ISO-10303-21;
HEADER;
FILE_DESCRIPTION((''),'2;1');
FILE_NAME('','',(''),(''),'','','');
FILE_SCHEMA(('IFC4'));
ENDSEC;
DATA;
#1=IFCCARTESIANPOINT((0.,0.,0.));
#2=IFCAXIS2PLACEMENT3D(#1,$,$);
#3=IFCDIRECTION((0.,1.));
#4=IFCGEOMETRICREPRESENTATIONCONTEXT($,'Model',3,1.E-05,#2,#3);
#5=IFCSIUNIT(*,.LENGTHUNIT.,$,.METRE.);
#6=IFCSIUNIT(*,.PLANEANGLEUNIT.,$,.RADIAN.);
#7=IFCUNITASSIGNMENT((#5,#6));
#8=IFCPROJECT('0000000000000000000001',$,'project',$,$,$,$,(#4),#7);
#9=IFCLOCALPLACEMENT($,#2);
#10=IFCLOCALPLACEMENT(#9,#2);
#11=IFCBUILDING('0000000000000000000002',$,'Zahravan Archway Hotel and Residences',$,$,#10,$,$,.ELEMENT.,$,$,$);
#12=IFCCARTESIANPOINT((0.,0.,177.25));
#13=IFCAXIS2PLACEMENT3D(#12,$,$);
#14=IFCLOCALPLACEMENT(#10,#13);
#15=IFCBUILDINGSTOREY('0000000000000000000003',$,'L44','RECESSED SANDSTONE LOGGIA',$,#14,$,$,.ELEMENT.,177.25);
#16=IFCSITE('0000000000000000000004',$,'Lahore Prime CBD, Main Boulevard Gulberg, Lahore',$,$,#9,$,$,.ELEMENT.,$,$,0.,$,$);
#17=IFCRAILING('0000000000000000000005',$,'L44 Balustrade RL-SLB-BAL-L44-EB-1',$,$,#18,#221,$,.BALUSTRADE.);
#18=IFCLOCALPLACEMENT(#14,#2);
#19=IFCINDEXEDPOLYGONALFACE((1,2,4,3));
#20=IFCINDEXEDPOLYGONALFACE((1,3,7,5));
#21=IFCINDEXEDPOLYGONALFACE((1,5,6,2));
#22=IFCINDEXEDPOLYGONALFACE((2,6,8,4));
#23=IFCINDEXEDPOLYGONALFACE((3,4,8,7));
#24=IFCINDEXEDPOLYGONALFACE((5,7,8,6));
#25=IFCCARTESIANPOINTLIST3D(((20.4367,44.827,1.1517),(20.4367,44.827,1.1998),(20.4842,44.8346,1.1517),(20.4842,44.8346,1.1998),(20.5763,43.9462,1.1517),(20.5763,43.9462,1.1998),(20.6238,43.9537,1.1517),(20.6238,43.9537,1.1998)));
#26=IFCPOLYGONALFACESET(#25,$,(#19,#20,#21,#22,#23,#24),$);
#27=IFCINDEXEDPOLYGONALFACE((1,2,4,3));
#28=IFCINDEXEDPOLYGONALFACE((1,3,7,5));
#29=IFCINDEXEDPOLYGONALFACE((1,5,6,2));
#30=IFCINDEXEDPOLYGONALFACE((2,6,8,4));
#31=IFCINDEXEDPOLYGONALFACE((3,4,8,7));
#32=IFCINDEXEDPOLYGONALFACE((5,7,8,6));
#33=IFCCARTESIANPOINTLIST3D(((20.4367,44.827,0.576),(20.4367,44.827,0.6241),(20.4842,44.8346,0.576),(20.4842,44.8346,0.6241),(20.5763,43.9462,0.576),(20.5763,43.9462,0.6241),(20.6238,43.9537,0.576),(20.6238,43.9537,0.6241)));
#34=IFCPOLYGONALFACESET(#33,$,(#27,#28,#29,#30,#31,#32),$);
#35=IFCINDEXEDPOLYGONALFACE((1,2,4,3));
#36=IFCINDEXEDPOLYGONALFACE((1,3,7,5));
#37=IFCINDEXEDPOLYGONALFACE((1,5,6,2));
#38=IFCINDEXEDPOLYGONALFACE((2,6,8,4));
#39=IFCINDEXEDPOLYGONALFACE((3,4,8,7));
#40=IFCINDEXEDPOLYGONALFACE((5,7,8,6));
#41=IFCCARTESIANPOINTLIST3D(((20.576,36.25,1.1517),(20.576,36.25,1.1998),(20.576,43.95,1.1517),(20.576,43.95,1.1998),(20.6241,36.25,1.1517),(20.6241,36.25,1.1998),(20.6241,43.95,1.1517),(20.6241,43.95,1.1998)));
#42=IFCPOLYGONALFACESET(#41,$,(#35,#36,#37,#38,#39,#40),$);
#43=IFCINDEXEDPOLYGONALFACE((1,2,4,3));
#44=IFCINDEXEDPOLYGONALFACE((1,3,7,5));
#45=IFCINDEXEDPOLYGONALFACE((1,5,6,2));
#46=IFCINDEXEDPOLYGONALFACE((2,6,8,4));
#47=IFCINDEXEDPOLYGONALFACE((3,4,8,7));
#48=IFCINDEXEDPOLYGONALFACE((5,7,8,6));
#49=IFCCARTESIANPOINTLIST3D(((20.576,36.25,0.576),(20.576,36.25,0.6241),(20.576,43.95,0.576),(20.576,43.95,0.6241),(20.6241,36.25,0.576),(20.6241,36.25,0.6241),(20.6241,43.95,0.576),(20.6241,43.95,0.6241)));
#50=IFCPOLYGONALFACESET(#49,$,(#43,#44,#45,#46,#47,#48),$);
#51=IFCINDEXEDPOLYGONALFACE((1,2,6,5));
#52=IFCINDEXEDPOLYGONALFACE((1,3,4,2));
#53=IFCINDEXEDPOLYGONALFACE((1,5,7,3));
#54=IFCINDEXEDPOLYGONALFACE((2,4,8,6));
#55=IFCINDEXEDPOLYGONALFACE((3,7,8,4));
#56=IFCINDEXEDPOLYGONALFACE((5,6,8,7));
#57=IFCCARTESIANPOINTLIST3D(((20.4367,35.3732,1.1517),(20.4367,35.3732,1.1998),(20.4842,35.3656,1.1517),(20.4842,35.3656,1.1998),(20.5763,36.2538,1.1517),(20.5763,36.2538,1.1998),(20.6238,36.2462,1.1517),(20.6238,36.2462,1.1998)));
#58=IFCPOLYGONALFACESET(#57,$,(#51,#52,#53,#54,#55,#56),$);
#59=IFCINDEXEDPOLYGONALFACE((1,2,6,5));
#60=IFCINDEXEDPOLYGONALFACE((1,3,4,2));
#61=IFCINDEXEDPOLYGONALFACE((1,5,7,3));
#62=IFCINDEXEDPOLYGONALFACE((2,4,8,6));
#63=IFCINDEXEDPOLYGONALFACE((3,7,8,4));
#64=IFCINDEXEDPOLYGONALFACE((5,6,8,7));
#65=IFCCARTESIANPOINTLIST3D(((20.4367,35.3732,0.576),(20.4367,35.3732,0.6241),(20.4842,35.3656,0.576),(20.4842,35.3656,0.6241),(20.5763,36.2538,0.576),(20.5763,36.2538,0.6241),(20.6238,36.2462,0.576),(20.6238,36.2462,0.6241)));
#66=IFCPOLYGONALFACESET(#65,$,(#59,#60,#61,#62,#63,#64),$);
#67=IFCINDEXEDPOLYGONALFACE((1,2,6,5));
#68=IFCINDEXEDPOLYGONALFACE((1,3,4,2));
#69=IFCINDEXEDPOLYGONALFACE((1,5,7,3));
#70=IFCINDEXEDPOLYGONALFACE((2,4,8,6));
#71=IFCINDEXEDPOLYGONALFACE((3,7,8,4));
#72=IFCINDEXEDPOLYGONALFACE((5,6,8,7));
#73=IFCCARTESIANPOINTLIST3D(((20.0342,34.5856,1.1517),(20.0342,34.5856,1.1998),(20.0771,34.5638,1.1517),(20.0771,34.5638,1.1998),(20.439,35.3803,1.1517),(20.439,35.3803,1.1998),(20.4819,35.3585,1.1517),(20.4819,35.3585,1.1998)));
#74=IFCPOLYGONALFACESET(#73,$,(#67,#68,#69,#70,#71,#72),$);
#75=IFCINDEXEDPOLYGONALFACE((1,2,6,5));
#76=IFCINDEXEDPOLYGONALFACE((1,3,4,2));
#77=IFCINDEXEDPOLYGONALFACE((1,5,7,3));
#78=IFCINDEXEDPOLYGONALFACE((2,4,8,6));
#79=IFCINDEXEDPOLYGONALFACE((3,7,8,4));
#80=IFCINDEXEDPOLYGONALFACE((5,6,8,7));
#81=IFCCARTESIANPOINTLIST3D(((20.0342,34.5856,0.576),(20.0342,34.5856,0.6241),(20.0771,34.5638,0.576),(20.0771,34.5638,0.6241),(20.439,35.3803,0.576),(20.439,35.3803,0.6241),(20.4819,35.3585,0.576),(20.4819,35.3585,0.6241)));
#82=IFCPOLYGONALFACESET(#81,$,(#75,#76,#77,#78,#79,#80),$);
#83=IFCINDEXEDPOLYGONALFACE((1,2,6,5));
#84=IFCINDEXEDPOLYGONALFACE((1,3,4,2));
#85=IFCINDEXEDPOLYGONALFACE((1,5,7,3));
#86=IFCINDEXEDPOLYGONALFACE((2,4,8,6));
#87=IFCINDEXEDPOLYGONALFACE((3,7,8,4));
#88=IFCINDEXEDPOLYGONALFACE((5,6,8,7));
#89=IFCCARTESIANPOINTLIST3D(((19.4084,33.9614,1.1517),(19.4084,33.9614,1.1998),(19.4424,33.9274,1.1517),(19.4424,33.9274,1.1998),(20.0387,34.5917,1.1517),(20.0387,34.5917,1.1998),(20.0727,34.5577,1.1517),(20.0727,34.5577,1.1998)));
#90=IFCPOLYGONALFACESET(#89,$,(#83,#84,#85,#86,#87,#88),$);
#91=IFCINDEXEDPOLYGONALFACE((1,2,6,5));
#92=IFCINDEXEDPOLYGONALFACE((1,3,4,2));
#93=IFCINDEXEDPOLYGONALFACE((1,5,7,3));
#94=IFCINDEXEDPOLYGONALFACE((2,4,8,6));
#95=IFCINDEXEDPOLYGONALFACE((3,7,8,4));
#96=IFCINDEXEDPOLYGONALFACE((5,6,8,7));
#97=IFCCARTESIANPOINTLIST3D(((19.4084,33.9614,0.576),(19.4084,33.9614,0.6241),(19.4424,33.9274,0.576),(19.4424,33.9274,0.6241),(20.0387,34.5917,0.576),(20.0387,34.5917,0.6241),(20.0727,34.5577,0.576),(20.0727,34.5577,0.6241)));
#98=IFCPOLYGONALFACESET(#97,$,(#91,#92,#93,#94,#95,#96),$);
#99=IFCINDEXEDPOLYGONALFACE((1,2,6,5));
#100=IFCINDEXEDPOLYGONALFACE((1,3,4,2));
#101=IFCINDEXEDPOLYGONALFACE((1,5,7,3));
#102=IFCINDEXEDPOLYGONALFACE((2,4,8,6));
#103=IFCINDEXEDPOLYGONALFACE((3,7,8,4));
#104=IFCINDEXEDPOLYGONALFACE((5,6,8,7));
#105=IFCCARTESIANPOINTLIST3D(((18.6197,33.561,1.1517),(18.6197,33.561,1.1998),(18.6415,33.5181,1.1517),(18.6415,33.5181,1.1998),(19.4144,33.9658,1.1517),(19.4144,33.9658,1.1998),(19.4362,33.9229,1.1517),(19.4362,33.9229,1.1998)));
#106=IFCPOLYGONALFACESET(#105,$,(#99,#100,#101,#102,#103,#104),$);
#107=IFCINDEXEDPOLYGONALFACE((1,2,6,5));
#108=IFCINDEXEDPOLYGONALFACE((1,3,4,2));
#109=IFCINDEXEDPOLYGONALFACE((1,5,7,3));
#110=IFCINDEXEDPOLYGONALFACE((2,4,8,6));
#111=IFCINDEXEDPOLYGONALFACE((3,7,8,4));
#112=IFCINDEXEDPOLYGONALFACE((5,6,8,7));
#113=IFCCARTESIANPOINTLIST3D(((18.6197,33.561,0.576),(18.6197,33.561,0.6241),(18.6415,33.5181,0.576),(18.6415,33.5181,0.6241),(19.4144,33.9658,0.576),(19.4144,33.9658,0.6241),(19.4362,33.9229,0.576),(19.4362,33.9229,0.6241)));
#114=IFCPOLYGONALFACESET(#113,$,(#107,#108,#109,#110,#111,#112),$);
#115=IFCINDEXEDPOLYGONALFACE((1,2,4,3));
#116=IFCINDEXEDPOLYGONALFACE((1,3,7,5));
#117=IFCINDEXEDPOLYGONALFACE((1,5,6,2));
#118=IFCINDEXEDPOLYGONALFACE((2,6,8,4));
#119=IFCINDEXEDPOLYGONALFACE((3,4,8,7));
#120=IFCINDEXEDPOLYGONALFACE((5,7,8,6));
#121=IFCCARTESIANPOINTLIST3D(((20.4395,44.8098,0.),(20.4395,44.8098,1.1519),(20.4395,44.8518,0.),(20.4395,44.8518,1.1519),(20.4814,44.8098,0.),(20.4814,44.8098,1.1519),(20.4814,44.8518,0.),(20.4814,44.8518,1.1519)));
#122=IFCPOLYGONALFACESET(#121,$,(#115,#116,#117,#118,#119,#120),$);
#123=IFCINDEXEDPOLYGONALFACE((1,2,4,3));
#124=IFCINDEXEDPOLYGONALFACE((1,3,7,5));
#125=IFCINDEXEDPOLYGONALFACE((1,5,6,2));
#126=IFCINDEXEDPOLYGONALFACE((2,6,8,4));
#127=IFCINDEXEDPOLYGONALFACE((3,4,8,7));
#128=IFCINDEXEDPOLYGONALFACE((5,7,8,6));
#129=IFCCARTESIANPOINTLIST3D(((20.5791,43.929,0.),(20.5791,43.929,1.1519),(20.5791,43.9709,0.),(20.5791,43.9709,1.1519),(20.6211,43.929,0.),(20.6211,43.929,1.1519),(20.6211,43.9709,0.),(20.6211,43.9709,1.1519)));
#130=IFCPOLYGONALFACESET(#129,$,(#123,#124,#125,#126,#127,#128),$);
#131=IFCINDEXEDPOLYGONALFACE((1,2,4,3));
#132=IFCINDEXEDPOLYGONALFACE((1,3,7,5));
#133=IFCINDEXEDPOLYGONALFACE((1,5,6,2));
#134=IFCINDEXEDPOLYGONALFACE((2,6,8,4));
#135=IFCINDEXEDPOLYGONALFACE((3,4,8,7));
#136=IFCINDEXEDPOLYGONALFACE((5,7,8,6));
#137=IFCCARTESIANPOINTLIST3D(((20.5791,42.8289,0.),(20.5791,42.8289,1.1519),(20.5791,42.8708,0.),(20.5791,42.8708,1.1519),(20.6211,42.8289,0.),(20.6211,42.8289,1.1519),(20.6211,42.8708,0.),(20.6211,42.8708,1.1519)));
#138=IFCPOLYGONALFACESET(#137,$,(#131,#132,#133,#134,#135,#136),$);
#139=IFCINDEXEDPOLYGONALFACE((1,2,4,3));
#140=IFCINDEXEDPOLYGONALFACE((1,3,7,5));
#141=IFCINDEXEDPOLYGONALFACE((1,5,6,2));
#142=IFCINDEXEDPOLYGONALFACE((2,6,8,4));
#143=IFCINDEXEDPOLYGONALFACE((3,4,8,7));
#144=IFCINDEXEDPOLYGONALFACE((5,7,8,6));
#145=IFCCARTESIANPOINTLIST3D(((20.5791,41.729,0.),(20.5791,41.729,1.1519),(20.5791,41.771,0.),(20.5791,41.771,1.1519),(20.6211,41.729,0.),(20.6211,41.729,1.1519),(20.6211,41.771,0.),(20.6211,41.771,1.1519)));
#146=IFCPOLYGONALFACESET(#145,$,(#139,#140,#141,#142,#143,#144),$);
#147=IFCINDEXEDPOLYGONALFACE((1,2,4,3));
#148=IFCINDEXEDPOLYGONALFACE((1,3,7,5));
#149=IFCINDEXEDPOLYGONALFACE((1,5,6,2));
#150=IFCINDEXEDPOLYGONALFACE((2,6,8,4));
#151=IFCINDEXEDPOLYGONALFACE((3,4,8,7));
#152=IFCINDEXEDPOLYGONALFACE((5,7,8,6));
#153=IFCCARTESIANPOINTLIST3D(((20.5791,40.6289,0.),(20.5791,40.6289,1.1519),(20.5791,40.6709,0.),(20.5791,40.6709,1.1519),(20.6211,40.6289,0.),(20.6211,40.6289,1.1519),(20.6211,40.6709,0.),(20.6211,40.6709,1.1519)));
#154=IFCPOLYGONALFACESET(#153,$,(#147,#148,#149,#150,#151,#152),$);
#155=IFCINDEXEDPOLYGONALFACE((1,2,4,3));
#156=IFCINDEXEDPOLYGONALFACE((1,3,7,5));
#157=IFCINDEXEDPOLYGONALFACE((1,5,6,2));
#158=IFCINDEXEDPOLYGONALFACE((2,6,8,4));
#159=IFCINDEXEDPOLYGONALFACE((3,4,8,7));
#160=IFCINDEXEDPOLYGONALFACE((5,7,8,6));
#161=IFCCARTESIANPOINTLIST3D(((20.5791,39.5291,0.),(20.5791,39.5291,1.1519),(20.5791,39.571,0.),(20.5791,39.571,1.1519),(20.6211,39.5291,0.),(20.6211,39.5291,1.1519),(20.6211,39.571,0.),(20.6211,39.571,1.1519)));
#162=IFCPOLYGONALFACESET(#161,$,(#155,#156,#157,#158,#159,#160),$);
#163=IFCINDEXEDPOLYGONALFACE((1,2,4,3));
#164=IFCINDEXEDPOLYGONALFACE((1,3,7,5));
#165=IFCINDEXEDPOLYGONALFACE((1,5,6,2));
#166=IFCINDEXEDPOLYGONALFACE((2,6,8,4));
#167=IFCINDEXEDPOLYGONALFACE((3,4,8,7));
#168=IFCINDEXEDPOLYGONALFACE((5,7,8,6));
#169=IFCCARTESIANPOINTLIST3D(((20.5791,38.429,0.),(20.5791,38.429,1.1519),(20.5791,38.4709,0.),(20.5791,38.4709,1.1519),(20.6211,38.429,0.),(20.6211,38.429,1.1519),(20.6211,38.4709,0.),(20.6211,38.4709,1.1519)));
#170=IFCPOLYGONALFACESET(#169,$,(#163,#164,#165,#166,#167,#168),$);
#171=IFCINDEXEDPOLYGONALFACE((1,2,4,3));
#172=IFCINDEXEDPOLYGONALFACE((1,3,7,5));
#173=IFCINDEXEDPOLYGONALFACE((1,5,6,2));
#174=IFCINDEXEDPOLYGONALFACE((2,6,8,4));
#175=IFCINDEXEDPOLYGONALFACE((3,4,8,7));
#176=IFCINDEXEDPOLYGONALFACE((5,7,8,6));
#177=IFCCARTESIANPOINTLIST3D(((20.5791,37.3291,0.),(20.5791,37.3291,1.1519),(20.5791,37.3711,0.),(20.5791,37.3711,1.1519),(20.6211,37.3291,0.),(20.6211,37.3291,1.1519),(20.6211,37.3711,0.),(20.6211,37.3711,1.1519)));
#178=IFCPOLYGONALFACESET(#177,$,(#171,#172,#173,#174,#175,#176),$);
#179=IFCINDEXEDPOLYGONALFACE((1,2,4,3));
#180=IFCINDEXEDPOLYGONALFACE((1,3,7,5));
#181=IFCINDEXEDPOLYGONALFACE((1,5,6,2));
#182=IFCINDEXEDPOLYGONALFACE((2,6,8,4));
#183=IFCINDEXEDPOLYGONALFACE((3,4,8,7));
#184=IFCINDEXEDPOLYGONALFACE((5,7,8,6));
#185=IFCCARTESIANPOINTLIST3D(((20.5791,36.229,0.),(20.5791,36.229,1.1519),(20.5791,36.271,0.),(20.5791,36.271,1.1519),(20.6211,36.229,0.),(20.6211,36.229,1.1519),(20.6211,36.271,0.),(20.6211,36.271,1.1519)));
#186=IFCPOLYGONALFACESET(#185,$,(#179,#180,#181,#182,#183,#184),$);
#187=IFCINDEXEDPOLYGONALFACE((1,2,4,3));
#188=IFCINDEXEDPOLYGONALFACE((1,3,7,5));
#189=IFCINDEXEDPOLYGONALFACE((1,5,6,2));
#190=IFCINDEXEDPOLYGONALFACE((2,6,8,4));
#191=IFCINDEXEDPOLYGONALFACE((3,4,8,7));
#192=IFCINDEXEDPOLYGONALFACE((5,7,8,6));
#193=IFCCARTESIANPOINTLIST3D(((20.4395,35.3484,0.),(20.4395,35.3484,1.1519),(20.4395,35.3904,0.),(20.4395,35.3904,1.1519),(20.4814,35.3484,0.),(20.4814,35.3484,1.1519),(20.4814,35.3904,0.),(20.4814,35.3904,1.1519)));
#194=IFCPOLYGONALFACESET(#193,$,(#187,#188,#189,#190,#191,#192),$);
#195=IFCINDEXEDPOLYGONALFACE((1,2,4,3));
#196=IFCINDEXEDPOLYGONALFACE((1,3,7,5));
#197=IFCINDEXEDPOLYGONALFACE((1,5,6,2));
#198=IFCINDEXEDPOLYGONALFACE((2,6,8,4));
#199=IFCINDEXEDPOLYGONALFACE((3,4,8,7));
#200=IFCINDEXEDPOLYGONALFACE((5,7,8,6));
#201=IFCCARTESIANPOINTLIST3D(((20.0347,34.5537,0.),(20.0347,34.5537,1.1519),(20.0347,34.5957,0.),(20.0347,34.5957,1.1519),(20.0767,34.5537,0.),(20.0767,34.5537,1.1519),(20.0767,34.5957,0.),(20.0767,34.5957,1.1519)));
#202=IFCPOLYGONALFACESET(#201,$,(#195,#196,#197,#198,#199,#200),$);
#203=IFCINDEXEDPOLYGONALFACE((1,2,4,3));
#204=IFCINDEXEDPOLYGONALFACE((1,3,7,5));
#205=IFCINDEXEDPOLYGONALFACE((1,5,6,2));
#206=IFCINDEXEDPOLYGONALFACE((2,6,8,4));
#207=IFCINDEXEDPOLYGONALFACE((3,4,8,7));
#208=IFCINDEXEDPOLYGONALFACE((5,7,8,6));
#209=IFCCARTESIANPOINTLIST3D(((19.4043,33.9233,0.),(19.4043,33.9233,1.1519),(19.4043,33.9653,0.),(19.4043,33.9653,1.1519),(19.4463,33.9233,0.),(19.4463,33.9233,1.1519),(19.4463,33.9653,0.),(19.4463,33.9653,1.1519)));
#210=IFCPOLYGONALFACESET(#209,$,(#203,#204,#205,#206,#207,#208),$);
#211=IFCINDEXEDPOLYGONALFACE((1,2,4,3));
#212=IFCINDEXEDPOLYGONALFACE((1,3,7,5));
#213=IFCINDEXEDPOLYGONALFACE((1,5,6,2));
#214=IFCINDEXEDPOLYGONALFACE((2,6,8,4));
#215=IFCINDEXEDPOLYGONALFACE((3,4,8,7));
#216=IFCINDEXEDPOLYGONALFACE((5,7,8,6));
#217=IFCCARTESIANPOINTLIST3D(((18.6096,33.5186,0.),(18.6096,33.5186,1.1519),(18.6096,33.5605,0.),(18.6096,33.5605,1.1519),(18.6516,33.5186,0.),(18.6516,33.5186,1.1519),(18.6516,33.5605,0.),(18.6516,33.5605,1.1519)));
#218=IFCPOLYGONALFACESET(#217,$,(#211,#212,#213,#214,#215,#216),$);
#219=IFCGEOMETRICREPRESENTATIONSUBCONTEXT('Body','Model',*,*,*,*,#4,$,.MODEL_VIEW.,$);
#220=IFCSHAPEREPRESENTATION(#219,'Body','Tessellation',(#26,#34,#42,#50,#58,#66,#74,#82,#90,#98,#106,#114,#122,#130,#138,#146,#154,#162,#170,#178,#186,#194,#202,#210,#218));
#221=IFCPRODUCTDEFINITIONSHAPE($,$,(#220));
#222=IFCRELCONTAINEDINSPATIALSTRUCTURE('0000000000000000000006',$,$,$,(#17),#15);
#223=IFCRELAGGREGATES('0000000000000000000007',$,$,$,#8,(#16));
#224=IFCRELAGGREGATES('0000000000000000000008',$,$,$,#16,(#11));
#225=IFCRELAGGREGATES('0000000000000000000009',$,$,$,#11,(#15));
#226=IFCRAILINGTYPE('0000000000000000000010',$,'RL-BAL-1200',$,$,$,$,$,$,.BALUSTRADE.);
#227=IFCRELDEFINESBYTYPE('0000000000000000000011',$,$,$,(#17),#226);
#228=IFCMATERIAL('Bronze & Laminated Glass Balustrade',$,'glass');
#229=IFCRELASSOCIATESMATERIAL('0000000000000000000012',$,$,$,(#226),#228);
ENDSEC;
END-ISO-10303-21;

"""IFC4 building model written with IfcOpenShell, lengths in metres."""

from ifc_helpers import new_model, si_unit, direction, frame, origin, origin_2d, place, context, subcontext, project, spatial, rectangle, extrude, material, type_object, element, save


model = new_model("IFC4")

# Units and contexts
model_context = context("Model", 3, precision=1e-05, world=origin(), true_north=direction((0.0, 1.0)))
body_context = subcontext(model_context, "Body", "Model", "MODEL_VIEW")
ifc_project = project(units=[si_unit("LENGTHUNIT", "METRE"), si_unit("PLANEANGLEUNIT", "RADIAN")], contexts=[model_context])

# Site, building, storey
site_placement = place(None, origin())
site = spatial("IfcSite", under=ifc_project, at=site_placement, Name="Lahore Prime CBD, Main Boulevard Gulberg, Lahore", CompositionType="ELEMENT", RefElevation=0.0)
building_placement = place(site_placement, origin())
building = spatial("IfcBuilding", under=site, at=building_placement, Name="Zahravan Archway Hotel and Residences", CompositionType="ELEMENT")
storey_placement = place(building_placement, frame((0.0, 0.0, 177.25)))
storey = spatial("IfcBuildingStorey", under=building, at=storey_placement, Name="L44", Description="RECESSED SANDSTONE LOGGIA", CompositionType="ELEMENT", Elevation=177.25)

# Railing
ifc_material_1 = material(Name="Bronze & Laminated Glass Balustrade", Category="glass")
railing_type = type_object("IfcRailingType", Name="RL-BAL-1200", PredefinedType="BALUSTRADE", material=ifc_material_1)
railing_placement = place(storey_placement, frame((20.4604, 44.8308, 0.0)))
element("IfcRailing", 1, at=railing_placement, inside=storey, type_object=railing_type, Name="L44 Balustrade RL-SLB-BAL-L44-EB-1", PredefinedType="BALUSTRADE", context=body_context, shape_type="SweptSolid", body=[
    extrude(rectangle(XDim=0.0481, YDim=0.0481, at=origin_2d()), frame((0.0, 0.0, 1.1758), z_axis=(0.156581, -0.987665, 0.0), x_axis=(0.987665, 0.156581, 0.0)), (0.0, 0.0, 1.0), 0.8918),
    extrude(rectangle(XDim=0.0481, YDim=0.0481, at=origin_2d()), frame((0.0, 0.0, 0.6001), z_axis=(0.156581, -0.987665, 0.0), x_axis=(0.987665, 0.156581, 0.0)), (0.0, 0.0, 1.0), 0.8918),
    extrude(rectangle(XDim=0.0481, YDim=0.0481, at=origin_2d()), frame((0.1396, -0.8809, 1.1758), z_axis=(0.0, -1.0, 0.0), x_axis=(1.0, 0.0, 0.0)), (0.0, 0.0, 1.0), 7.7),
    extrude(rectangle(XDim=0.0481, YDim=0.0481, at=origin_2d()), frame((0.1396, -0.8809, 0.6001), z_axis=(0.0, -1.0, 0.0), x_axis=(1.0, 0.0, 0.0)), (0.0, 0.0, 1.0), 7.7),
    extrude(rectangle(XDim=0.0481, YDim=0.0481, at=origin_2d()), frame((0.1396, -8.5808, 1.1758), z_axis=(-0.156623, -0.987658, 0.0), x_axis=(0.987658, -0.156623, 0.0)), (0.0, 0.0, 1.0), 0.8916),
    extrude(rectangle(XDim=0.0481, YDim=0.0481, at=origin_2d()), frame((0.1396, -8.5808, 0.6001), z_axis=(-0.156623, -0.987658, 0.0), x_axis=(0.987658, -0.156623, 0.0)), (0.0, 0.0, 1.0), 0.8916),
    extrude(rectangle(XDim=0.0481, YDim=0.0481, at=origin_2d()), frame((0.0, -9.4614, 1.1758), z_axis=(-0.453881, -0.891062, 0.0), x_axis=(0.891062, -0.453881, 0.0)), (0.0, 0.0, 1.0), 0.8918),
    extrude(rectangle(XDim=0.0481, YDim=0.0481, at=origin_2d()), frame((0.0, -9.4614, 0.6001), z_axis=(-0.453881, -0.891062, 0.0), x_axis=(0.891062, -0.453881, 0.0)), (0.0, 0.0, 1.0), 0.8918),
    extrude(rectangle(XDim=0.0481, YDim=0.0481, at=origin_2d()), frame((-0.4048, -10.2561, 1.1758), z_axis=(-0.707107, -0.707107, 0.0), x_axis=(0.707107, -0.707107, 0.0)), (0.0, 0.0, 1.0), 0.8914),
    extrude(rectangle(XDim=0.0481, YDim=0.0481, at=origin_2d()), frame((-0.4048, -10.2561, 0.6001), z_axis=(-0.707107, -0.707107, 0.0), x_axis=(0.707107, -0.707107, 0.0)), (0.0, 0.0, 1.0), 0.8914),
    extrude(rectangle(XDim=0.0481, YDim=0.0481, at=origin_2d()), frame((-1.0352, -10.8865, 1.1758), z_axis=(-0.891062, -0.453881, 0.0), x_axis=(0.453881, -0.891062, 0.0)), (0.0, 0.0, 1.0), 0.8918),
    extrude(rectangle(XDim=0.0481, YDim=0.0481, at=origin_2d()), frame((-1.0352, -10.8865, 0.6001), z_axis=(-0.891062, -0.453881, 0.0), x_axis=(0.453881, -0.891062, 0.0)), (0.0, 0.0, 1.0), 0.8918),
    extrude(rectangle(XDim=0.042, YDim=0.042, at=origin_2d()), origin(), (0.0, 0.0, 1.0), 1.1519),
    extrude(rectangle(XDim=0.042, YDim=0.042, at=origin_2d()), frame((0.1396, -0.8809, 0.0)), (0.0, 0.0, 1.0), 1.1519),
    extrude(rectangle(XDim=0.042, YDim=0.042, at=origin_2d()), frame((0.1396, -1.981, 0.0)), (0.0, 0.0, 1.0), 1.1519),
    extrude(rectangle(XDim=0.042, YDim=0.042, at=origin_2d()), frame((0.1396, -3.0808, 0.0)), (0.0, 0.0, 1.0), 1.1519),
    extrude(rectangle(XDim=0.042, YDim=0.042, at=origin_2d()), frame((0.1396, -4.1809, 0.0)), (0.0, 0.0, 1.0), 1.1519),
    extrude(rectangle(XDim=0.042, YDim=0.042, at=origin_2d()), frame((0.1396, -5.2808, 0.0)), (0.0, 0.0, 1.0), 1.1519),
    extrude(rectangle(XDim=0.042, YDim=0.042, at=origin_2d()), frame((0.1396, -6.3809, 0.0)), (0.0, 0.0, 1.0), 1.1519),
    extrude(rectangle(XDim=0.042, YDim=0.042, at=origin_2d()), frame((0.1396, -7.4807, 0.0)), (0.0, 0.0, 1.0), 1.1519),
    extrude(rectangle(XDim=0.042, YDim=0.042, at=origin_2d()), frame((0.1396, -8.5808, 0.0)), (0.0, 0.0, 1.0), 1.1519),
    extrude(rectangle(XDim=0.042, YDim=0.042, at=origin_2d()), frame((0.0, -9.4614, 0.0)), (0.0, 0.0, 1.0), 1.1519),
    extrude(rectangle(XDim=0.042, YDim=0.042, at=origin_2d()), frame((-0.4048, -10.2561, 0.0)), (0.0, 0.0, 1.0), 1.1519),
    extrude(rectangle(XDim=0.042, YDim=0.042, at=origin_2d()), frame((-1.0352, -10.8865, 0.0)), (0.0, 0.0, 1.0), 1.1519),
    extrude(rectangle(XDim=0.042, YDim=0.042, at=origin_2d()), frame((-1.8298, -11.2913, 0.0)), (0.0, 0.0, 1.0), 1.1519),
])

save(model, "model.ifc")
